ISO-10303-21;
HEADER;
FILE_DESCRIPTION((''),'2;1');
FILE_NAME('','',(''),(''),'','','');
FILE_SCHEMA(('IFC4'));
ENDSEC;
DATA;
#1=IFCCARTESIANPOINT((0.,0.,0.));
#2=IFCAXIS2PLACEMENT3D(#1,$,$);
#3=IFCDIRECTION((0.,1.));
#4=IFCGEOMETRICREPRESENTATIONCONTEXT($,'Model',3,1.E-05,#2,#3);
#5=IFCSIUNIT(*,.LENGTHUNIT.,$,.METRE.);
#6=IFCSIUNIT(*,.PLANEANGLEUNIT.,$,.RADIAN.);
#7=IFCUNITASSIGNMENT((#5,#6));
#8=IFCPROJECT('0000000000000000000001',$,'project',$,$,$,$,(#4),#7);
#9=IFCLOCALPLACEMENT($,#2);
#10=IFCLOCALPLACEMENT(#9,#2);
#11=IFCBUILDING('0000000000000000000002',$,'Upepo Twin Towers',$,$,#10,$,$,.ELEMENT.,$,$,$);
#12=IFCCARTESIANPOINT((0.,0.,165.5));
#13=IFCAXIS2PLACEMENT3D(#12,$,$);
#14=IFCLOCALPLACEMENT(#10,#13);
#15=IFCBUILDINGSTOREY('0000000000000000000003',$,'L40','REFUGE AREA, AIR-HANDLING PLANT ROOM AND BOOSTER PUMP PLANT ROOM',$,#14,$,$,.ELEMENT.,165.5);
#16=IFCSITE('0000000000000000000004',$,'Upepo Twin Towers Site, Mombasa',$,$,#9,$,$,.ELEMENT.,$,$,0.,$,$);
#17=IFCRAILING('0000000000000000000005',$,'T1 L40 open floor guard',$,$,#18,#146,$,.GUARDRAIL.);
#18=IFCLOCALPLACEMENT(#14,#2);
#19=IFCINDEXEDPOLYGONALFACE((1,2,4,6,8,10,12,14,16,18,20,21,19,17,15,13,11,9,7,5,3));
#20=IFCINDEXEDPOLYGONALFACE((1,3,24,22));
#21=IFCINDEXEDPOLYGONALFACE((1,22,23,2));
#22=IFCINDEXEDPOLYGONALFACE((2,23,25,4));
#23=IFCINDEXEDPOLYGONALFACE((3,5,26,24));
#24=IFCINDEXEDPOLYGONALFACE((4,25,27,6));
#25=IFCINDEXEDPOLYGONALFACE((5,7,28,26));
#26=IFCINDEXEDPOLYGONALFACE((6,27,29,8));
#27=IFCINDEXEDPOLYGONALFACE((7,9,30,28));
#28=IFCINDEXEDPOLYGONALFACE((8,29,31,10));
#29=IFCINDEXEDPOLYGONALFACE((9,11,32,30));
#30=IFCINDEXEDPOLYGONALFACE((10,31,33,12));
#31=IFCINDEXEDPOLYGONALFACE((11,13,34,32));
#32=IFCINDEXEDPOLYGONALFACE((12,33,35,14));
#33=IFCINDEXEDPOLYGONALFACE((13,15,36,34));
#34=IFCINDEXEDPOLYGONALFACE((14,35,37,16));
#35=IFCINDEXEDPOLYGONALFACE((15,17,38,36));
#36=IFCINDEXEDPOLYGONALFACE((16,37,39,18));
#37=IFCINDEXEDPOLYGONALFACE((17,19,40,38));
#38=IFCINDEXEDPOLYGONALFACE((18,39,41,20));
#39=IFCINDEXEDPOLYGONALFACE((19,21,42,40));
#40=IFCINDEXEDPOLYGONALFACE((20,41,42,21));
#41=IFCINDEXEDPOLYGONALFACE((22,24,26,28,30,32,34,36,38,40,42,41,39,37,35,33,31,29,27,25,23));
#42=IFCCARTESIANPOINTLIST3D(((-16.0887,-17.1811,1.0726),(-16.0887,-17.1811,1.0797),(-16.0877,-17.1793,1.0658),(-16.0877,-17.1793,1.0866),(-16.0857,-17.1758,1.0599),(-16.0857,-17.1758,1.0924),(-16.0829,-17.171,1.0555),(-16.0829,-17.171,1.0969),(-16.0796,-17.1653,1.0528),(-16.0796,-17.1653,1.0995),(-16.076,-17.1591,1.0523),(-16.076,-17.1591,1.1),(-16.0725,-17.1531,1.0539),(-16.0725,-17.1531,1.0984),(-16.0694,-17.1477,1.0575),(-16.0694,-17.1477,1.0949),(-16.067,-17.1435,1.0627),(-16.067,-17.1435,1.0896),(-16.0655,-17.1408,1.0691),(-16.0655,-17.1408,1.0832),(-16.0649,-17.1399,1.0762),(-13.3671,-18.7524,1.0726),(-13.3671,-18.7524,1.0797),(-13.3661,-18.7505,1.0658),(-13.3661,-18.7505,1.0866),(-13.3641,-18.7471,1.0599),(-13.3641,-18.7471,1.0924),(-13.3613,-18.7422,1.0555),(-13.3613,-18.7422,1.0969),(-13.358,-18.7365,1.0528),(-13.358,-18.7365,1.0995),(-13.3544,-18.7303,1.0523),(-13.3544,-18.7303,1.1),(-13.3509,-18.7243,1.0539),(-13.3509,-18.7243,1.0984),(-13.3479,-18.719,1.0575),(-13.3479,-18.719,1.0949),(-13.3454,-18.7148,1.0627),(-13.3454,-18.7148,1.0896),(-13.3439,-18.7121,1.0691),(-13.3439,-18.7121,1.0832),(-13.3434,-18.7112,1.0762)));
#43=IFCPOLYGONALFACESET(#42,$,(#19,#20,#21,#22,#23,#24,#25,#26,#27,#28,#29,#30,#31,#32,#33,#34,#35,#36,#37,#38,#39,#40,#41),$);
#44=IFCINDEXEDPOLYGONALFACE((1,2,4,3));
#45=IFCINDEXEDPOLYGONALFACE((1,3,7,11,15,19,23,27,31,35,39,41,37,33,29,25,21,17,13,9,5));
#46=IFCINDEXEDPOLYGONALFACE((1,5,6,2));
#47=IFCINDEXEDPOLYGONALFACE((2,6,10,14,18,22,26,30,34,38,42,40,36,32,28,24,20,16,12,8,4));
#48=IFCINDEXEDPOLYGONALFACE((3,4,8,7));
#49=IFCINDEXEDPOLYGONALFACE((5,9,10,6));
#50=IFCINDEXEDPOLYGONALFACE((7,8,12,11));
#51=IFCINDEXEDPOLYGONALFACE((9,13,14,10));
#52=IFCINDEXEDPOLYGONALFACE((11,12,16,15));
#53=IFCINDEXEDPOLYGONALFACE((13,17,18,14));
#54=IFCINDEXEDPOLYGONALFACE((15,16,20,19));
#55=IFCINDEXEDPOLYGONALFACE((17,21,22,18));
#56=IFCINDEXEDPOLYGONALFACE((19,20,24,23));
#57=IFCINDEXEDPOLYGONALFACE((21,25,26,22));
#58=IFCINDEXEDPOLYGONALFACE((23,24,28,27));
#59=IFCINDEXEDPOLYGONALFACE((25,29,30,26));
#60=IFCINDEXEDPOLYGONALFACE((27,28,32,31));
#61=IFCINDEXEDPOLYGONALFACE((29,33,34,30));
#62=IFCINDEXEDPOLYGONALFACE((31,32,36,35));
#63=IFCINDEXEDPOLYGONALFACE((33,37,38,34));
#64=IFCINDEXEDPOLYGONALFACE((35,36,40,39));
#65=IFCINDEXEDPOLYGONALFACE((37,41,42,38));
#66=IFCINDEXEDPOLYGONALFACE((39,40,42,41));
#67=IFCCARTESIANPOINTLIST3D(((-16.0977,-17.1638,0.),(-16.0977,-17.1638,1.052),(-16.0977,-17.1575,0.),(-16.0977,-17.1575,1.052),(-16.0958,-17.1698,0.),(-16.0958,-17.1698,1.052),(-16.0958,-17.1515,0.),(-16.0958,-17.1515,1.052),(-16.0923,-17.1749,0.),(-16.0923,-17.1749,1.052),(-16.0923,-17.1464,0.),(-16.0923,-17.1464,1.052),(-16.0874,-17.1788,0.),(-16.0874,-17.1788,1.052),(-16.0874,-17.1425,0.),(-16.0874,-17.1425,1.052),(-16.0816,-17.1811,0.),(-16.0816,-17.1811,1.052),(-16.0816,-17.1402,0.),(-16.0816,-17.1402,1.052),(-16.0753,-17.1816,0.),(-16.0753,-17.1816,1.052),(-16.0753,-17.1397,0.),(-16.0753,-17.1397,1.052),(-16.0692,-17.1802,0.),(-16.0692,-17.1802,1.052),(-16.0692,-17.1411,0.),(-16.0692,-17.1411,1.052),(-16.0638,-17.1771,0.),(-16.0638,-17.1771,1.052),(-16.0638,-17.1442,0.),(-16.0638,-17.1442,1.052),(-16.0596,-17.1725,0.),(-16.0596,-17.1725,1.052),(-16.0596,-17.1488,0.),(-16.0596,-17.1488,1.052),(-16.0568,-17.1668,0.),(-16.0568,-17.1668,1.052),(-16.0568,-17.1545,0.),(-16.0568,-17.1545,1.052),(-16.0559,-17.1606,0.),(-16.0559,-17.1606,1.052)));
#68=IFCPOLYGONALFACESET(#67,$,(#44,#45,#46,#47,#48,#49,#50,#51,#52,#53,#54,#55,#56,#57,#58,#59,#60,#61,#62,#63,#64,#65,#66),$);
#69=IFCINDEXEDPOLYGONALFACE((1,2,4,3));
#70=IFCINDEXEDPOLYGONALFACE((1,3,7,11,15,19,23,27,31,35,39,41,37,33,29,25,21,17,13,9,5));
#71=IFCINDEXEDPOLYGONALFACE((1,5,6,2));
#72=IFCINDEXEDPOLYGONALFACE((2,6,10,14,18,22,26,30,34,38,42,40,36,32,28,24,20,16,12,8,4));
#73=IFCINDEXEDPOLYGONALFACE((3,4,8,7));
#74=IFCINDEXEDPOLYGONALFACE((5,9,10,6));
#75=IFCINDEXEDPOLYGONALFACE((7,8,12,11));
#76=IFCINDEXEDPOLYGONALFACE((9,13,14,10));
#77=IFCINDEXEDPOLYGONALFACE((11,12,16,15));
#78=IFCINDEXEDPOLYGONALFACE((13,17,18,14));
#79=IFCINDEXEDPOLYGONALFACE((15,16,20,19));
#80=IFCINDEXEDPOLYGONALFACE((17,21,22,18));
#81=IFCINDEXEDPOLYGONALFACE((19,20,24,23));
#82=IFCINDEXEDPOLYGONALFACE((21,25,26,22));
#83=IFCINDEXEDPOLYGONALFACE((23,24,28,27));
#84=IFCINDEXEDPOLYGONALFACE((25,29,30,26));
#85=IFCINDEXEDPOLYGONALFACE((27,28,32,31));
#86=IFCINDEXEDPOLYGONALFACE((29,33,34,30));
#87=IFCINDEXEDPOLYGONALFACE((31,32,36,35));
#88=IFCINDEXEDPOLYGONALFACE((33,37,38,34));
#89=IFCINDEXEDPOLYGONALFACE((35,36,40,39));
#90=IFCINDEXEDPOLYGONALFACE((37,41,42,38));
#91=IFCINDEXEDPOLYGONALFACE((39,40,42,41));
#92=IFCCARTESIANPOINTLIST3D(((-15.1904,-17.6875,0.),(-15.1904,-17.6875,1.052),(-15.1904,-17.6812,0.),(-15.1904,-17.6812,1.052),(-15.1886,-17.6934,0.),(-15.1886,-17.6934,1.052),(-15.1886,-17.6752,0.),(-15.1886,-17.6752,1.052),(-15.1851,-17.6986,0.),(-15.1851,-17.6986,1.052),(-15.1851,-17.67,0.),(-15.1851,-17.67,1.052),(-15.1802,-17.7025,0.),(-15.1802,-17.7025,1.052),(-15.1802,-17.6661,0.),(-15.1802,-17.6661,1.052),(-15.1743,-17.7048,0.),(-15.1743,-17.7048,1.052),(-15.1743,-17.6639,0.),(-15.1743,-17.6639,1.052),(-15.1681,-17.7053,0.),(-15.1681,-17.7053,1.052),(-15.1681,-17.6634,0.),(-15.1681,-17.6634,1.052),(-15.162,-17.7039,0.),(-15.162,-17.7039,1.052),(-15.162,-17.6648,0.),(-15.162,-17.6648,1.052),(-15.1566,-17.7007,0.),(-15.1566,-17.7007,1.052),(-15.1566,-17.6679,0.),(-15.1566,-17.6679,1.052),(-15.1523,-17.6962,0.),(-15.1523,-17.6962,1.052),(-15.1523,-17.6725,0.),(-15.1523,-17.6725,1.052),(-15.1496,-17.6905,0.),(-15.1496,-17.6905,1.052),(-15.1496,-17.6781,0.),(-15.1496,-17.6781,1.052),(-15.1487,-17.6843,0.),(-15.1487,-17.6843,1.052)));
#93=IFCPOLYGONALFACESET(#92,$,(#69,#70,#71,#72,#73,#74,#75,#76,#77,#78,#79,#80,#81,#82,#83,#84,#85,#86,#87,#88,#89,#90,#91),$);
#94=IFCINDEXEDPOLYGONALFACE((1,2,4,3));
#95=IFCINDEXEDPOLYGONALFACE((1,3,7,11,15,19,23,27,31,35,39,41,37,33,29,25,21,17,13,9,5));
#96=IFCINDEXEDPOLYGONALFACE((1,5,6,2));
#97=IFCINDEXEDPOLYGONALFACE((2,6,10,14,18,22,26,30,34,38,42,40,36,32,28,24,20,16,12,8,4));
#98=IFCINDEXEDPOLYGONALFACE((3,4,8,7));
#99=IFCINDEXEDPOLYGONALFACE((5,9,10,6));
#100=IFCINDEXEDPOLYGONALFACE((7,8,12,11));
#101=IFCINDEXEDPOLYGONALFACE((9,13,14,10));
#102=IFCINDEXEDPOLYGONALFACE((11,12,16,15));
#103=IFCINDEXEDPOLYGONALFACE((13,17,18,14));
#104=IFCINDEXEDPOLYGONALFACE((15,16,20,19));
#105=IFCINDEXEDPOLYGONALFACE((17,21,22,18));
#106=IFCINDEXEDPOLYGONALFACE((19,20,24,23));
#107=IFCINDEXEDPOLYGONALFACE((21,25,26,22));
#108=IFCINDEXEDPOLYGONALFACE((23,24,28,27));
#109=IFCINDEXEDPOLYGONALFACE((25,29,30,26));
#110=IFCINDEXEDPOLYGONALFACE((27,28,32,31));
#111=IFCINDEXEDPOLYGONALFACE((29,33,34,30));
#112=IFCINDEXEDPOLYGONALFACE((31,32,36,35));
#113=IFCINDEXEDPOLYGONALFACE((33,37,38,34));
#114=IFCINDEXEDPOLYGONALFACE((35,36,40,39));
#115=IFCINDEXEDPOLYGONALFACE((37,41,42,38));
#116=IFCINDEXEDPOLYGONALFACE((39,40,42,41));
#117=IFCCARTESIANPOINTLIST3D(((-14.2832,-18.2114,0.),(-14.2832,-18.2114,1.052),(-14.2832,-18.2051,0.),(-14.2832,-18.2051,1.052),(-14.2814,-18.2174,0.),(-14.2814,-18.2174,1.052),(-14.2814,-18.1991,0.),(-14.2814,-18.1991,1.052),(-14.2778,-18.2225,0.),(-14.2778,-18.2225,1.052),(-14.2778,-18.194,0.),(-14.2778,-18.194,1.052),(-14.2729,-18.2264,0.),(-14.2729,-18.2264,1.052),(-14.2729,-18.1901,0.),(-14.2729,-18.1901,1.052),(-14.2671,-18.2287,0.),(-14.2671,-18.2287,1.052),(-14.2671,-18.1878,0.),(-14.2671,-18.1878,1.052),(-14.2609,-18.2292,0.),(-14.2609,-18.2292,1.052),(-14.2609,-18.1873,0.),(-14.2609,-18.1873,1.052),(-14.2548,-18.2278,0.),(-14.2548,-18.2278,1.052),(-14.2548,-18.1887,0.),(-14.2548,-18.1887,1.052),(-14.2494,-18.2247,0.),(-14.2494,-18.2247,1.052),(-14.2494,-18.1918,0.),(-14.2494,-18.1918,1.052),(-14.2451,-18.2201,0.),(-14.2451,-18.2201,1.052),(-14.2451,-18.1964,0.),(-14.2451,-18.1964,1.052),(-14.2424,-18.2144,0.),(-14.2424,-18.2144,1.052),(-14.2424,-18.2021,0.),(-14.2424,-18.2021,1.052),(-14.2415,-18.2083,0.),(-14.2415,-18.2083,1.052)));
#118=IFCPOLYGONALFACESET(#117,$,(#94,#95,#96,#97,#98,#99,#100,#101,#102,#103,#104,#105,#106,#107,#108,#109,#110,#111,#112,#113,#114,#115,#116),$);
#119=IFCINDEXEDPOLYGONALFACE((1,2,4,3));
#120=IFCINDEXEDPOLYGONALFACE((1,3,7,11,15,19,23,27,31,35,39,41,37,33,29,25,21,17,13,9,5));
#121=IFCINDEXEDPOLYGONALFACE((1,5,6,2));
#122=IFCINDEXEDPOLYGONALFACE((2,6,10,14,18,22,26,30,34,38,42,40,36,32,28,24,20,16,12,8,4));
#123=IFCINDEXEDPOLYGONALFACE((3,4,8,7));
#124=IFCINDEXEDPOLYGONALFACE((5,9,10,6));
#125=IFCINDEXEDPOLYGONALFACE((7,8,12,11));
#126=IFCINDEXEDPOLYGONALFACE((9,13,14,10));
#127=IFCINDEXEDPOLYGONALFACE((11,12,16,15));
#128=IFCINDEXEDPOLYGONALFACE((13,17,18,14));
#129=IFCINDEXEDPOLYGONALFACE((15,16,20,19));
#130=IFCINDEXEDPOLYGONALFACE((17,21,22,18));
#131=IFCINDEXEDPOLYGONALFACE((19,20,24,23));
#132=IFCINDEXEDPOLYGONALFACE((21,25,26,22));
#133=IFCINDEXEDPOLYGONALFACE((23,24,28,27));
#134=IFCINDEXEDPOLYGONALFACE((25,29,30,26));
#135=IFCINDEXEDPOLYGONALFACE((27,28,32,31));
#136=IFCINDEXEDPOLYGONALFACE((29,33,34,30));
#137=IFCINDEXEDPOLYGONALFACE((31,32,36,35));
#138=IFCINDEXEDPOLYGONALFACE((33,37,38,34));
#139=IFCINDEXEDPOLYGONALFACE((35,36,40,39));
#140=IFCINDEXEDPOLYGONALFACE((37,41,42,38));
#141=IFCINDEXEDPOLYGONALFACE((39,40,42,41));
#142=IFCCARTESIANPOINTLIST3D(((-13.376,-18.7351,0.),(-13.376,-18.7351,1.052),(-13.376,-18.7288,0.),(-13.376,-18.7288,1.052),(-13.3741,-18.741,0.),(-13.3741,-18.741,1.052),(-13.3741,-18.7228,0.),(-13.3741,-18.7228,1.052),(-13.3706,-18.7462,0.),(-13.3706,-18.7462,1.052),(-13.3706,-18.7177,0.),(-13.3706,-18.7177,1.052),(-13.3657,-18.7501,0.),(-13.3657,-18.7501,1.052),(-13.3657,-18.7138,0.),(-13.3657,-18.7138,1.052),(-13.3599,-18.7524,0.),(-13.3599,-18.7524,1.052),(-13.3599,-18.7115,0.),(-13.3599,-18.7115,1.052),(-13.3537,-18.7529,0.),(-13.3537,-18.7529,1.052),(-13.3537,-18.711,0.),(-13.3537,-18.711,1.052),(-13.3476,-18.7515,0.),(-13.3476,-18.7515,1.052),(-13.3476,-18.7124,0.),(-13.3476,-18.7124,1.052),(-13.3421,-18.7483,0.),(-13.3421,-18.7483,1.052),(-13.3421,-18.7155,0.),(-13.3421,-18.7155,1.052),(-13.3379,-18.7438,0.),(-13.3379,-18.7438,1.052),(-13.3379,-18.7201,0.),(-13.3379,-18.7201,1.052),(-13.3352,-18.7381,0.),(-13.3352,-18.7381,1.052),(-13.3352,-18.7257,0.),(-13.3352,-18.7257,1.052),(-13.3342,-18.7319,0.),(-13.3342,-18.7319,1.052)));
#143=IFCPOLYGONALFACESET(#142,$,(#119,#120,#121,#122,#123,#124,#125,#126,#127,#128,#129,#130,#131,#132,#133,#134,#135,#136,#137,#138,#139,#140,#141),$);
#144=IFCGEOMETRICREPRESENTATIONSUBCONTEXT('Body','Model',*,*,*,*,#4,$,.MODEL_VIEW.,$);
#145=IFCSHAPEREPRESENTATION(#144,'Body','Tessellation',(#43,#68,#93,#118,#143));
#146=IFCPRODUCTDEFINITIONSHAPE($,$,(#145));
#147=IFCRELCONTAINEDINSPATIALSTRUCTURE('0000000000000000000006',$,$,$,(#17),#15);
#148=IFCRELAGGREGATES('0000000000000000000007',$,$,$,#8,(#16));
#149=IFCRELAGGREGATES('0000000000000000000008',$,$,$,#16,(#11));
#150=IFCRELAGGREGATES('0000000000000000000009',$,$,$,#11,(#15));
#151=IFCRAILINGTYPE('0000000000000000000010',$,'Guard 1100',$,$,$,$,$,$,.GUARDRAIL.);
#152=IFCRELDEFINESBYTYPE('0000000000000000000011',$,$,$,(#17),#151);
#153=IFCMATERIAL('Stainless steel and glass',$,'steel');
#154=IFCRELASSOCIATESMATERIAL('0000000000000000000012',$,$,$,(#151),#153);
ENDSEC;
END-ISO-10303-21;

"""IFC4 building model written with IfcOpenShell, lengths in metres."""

from ifc_helpers import new_model, si_unit, direction, frame, origin, origin_2d, place, context, subcontext, project, spatial, circle, extrude, material, type_object, element, save


model = new_model("IFC4")

# Units and contexts
model_context = context("Model", 3, precision=1e-05, world=origin(), true_north=direction((0.0, 1.0)))
body_context = subcontext(model_context, "Body", "Model", "MODEL_VIEW")
ifc_project = project(units=[si_unit("LENGTHUNIT", "METRE"), si_unit("PLANEANGLEUNIT", "RADIAN")], contexts=[model_context])

# Site, building, storey
site_placement = place(None, origin())
site = spatial("IfcSite", under=ifc_project, at=site_placement, Name="Upepo Twin Towers Site, Mombasa", CompositionType="ELEMENT", RefElevation=0.0)
building_placement = place(site_placement, origin())
building = spatial("IfcBuilding", under=site, at=building_placement, Name="Upepo Twin Towers", CompositionType="ELEMENT")
storey_placement = place(building_placement, frame((0.0, 0.0, 165.5)))
storey = spatial("IfcBuildingStorey", under=building, at=storey_placement, Name="L40", Description="REFUGE AREA, AIR-HANDLING PLANT ROOM AND BOOSTER PUMP PLANT ROOM", CompositionType="ELEMENT", Elevation=165.5)

# Railing
ifc_material_1 = material(Name="Stainless steel and glass", Category="steel")
railing_type = type_object("IfcRailingType", Name="Guard 1100", PredefinedType="GUARDRAIL", material=ifc_material_1)
railing_1_placement = place(storey_placement, frame((-16.0769, -17.1606, 0.0)))
element("IfcRailing", 1, at=railing_1_placement, inside=storey, type_object=railing_type, Name="T1 L40 open floor guard", PredefinedType="GUARDRAIL", context=body_context, shape_type="SweptSolid", body=[
    extrude(circle(Radius=0.0239, at=origin_2d()), frame((0.0, 0.0, 1.0762), z_axis=(0.866036, -0.499982, 0.0), x_axis=(0.499982, 0.866036, 0.0)), (0.0, 0.0, 1.0), 3.1426),
    extrude(circle(Radius=0.021, at=origin_2d()), origin(), (0.0, 0.0, 1.0), 1.052),
    extrude(circle(Radius=0.021, at=origin_2d()), frame((0.9072, -0.5237, 0.0)), (0.0, 0.0, 1.0), 1.052),
    extrude(circle(Radius=0.021, at=origin_2d()), frame((1.8145, -1.0476, 0.0)), (0.0, 0.0, 1.0), 1.052),
    extrude(circle(Radius=0.021, at=origin_2d()), frame((2.7217, -1.5713, 0.0)), (0.0, 0.0, 1.0), 1.052),
])

save(model, "model.ifc")
